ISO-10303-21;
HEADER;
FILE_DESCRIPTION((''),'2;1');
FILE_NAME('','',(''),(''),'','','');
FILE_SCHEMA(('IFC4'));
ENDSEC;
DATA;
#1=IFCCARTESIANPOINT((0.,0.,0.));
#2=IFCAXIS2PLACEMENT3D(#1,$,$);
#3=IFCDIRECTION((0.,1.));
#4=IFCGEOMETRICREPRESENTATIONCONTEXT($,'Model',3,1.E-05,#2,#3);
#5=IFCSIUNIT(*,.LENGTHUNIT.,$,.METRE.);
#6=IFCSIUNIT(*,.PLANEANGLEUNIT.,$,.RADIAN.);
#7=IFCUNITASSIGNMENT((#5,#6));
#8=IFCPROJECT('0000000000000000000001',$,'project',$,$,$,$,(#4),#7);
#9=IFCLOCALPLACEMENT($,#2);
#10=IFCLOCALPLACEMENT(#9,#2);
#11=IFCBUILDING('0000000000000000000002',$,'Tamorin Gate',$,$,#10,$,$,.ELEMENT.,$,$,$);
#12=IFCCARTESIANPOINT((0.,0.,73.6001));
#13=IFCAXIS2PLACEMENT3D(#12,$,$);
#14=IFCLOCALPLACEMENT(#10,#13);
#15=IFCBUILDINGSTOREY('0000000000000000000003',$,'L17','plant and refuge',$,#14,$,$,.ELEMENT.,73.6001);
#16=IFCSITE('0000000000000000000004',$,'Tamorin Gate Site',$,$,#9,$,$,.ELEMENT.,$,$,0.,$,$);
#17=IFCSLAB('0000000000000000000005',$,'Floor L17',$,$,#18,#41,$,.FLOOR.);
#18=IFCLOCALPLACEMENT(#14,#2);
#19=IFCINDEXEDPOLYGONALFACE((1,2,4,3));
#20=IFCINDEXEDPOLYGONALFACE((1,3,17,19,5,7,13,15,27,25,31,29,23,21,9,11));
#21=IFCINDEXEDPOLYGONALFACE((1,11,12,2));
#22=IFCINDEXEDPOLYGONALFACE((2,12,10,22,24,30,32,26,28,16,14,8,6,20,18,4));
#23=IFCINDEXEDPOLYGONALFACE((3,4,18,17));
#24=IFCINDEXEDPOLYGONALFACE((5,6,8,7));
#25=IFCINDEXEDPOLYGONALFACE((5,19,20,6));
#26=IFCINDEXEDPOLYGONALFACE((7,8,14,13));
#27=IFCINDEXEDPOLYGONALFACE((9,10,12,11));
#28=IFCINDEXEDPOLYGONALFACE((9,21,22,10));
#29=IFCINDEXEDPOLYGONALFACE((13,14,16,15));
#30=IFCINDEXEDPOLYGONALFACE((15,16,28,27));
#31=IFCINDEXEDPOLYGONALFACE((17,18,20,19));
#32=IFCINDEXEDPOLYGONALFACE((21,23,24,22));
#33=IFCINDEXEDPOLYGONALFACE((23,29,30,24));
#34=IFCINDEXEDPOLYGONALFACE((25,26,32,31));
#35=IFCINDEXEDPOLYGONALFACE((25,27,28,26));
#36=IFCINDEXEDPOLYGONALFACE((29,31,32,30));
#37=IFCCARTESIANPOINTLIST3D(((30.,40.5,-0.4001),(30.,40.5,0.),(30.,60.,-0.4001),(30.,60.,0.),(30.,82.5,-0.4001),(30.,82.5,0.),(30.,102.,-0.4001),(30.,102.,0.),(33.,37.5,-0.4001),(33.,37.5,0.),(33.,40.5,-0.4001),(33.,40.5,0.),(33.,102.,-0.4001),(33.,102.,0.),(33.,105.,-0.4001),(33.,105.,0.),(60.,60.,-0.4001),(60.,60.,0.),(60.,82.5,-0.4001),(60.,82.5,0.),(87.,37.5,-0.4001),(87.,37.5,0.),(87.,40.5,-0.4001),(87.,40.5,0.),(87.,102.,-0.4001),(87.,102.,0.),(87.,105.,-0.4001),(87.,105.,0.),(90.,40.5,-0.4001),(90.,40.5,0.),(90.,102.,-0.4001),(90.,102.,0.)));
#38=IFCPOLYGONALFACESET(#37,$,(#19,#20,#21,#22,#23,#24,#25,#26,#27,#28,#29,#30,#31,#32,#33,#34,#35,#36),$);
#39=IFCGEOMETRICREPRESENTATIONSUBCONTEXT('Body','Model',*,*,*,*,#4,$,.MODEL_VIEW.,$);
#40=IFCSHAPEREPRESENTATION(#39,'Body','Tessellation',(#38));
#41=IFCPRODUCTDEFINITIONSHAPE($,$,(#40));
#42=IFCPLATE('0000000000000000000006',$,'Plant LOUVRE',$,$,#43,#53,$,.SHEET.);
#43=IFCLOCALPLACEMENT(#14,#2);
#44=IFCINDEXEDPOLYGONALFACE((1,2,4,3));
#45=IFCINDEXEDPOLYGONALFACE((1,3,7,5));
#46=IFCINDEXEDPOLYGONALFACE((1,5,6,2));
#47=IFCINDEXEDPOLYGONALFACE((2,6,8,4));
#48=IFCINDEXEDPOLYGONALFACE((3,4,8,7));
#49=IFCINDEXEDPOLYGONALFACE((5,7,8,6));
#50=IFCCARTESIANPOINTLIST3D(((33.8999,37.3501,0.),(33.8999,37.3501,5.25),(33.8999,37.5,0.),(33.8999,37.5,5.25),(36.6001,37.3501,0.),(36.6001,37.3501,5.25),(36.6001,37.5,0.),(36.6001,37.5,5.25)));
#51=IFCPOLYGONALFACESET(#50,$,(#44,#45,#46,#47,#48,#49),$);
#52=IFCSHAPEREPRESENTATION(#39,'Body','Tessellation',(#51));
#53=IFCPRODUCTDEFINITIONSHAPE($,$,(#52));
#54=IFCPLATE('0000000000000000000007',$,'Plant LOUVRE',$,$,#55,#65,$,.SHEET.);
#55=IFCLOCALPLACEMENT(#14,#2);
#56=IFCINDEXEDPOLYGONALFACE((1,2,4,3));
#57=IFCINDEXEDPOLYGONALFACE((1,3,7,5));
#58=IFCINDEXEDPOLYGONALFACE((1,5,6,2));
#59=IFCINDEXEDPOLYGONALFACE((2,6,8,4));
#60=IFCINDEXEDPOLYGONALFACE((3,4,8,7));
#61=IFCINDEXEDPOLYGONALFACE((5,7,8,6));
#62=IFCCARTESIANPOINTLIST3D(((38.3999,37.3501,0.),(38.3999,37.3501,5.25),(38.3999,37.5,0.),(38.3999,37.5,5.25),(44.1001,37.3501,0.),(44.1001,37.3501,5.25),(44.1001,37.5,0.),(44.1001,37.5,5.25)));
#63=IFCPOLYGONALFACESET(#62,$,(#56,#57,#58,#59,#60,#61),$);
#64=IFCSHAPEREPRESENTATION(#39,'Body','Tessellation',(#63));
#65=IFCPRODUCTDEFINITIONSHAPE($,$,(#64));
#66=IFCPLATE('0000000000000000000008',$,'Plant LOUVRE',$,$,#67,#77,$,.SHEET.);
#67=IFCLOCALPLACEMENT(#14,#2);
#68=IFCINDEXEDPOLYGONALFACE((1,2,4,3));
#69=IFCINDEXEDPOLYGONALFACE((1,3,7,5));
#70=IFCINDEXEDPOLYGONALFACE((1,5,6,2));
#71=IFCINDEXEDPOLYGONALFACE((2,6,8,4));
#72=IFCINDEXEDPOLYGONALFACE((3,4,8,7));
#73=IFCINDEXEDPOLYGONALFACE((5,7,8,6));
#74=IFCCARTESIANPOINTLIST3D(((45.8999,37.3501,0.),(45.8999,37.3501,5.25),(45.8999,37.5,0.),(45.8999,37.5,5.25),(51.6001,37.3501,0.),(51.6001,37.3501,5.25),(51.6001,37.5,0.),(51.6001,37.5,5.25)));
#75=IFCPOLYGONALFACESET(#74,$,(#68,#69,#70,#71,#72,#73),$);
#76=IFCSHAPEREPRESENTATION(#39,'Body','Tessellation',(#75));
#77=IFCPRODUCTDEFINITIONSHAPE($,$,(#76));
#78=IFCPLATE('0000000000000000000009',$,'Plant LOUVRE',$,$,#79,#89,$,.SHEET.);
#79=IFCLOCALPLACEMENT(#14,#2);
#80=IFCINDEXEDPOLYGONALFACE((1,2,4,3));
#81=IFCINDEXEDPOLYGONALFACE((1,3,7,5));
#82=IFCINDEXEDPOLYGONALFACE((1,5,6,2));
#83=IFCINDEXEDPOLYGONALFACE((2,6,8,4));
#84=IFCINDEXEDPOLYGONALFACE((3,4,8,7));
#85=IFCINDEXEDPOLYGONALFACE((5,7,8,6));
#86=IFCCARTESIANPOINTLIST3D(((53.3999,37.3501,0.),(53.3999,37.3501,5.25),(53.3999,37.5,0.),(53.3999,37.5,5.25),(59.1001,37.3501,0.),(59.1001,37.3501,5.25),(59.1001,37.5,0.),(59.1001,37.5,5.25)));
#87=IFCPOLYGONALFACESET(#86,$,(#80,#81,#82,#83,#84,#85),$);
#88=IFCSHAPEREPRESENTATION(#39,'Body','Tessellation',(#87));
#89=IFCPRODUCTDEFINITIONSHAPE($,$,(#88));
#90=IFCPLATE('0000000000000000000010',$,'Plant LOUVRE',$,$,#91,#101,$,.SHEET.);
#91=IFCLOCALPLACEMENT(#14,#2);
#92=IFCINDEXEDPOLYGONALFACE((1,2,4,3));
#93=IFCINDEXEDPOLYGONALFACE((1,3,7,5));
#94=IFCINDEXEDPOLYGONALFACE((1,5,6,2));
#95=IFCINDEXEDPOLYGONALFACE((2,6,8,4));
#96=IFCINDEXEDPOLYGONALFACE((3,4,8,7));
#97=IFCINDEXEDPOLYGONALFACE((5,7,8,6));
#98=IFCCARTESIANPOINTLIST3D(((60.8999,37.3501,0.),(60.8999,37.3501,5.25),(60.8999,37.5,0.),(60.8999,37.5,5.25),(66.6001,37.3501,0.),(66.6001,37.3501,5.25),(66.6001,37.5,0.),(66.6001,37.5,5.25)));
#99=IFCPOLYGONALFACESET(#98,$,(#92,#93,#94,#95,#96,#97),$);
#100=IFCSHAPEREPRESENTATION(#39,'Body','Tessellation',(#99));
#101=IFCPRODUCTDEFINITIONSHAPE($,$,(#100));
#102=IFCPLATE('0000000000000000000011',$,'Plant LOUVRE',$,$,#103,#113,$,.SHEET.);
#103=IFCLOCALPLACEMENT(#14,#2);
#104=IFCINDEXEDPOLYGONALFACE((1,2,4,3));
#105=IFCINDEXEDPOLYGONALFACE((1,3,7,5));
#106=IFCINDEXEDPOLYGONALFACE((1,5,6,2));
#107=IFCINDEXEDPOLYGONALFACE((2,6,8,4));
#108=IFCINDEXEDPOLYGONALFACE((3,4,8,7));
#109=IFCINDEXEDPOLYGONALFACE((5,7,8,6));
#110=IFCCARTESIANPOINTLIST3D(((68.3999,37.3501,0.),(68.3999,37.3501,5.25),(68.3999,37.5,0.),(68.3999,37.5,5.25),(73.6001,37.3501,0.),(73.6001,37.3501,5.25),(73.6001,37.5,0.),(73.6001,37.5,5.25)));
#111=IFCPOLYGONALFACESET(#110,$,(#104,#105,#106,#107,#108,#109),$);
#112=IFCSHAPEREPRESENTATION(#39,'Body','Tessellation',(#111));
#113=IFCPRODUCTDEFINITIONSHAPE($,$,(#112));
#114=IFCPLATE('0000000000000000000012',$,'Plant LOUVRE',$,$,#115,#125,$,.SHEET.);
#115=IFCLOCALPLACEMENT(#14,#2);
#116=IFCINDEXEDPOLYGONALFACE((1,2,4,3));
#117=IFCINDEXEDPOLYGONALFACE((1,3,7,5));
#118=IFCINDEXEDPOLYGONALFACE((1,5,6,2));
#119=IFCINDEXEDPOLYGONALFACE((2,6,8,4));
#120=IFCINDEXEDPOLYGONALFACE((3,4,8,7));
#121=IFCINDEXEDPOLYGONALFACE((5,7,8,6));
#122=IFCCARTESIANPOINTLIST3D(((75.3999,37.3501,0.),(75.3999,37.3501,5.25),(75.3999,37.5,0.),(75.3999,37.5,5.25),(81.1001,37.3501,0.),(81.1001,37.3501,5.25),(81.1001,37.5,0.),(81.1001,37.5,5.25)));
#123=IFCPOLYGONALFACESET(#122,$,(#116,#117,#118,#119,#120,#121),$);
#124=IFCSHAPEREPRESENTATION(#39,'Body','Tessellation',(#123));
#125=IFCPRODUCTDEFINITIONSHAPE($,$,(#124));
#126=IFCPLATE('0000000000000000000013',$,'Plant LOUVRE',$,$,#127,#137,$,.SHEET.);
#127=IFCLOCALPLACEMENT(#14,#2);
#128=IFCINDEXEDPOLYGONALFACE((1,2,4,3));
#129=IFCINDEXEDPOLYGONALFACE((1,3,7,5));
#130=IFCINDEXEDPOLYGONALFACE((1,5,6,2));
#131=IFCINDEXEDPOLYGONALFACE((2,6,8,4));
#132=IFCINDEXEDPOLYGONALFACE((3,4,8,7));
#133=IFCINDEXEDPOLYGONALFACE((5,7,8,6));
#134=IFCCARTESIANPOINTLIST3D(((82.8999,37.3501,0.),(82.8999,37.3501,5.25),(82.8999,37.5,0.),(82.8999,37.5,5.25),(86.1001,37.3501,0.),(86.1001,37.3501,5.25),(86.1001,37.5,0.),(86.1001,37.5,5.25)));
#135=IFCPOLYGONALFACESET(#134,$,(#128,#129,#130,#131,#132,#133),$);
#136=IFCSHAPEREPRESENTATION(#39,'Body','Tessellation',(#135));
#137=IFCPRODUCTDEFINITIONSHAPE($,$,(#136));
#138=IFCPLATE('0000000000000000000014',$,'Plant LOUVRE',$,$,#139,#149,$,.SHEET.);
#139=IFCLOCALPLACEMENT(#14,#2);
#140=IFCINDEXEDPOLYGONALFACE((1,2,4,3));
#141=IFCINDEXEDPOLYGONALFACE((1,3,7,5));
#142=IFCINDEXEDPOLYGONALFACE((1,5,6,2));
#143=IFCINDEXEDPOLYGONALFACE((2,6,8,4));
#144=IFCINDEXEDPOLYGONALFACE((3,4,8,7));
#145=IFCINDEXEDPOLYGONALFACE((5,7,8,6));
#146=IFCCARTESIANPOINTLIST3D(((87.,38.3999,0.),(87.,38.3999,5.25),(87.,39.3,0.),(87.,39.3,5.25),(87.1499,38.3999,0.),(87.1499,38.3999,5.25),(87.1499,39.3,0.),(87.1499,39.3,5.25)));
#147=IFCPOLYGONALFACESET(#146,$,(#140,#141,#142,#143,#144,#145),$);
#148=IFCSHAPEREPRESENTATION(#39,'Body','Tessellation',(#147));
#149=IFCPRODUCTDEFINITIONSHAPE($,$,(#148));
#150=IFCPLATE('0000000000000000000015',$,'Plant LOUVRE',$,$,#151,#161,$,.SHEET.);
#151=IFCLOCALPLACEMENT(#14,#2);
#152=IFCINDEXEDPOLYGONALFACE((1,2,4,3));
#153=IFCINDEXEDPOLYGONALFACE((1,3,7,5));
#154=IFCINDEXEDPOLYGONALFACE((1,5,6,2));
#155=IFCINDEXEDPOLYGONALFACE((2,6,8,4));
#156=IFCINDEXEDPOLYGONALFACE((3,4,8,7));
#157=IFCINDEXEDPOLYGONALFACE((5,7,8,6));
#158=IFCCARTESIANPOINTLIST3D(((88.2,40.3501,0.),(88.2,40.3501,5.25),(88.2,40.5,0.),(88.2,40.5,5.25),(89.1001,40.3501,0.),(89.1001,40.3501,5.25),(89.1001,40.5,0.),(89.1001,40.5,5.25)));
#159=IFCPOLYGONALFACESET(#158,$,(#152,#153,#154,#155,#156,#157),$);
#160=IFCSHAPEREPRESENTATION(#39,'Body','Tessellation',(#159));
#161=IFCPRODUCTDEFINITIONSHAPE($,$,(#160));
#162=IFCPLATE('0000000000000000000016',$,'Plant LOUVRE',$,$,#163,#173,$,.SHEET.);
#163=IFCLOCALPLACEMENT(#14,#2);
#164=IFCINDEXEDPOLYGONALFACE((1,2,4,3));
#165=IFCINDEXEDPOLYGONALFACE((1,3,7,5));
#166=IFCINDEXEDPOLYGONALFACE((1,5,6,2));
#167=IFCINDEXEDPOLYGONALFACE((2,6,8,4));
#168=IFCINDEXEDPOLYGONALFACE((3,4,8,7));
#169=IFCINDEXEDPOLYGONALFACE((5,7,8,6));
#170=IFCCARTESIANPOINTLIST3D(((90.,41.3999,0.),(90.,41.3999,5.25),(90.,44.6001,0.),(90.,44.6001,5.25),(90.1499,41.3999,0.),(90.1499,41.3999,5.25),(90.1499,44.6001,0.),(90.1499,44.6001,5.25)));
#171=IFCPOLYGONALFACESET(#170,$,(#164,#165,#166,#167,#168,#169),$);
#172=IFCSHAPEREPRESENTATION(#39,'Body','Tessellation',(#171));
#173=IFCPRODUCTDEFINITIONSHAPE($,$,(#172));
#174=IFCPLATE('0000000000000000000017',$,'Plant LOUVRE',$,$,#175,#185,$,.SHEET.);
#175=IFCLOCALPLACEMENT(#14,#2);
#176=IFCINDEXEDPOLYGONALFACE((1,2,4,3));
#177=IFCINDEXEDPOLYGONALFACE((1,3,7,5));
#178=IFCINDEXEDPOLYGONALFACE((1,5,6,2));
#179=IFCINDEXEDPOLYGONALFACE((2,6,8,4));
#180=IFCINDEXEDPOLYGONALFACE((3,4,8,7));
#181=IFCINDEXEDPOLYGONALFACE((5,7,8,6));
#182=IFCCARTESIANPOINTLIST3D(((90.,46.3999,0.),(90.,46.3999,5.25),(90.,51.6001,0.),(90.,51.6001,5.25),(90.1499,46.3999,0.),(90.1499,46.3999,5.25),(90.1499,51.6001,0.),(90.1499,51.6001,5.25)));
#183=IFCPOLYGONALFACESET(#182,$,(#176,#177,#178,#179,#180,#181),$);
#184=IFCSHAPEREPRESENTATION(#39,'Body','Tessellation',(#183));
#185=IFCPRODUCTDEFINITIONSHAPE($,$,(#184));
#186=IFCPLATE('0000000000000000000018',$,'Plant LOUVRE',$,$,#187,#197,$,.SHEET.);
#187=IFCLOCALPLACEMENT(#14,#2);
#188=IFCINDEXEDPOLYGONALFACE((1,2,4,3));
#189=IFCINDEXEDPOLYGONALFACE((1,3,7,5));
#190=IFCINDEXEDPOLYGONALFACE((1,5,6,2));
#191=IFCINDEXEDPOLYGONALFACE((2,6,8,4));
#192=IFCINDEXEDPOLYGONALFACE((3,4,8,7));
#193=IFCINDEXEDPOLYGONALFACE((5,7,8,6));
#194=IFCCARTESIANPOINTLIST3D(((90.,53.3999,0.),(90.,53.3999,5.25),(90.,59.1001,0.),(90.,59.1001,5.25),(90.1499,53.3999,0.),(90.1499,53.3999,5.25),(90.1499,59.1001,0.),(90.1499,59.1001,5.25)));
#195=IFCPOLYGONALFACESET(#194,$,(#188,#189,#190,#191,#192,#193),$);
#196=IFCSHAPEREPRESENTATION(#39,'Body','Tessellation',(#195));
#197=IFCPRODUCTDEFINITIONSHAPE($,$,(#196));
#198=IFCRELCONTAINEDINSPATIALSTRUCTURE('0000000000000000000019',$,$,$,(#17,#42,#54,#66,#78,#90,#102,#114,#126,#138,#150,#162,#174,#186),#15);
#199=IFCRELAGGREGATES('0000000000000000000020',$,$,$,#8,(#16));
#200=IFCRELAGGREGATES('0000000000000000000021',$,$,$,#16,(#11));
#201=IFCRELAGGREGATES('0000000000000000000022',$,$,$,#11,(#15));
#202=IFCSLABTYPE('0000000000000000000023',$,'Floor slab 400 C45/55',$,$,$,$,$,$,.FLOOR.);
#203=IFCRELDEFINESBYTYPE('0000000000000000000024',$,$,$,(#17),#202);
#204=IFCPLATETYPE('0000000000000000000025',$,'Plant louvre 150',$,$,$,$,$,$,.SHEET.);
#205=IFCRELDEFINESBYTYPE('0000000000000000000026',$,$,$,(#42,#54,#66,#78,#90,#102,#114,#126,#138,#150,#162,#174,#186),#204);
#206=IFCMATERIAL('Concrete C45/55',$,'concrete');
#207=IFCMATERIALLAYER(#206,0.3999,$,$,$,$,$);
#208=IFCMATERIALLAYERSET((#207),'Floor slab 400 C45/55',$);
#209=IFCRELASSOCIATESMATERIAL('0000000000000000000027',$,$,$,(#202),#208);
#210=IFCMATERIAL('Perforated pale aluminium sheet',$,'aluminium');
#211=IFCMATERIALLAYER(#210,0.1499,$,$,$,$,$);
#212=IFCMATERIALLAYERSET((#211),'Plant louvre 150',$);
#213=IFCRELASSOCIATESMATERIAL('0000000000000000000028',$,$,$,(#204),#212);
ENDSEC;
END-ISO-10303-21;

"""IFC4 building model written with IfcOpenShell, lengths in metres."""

from ifc_helpers import new_model, si_unit, direction, frame, origin, place, context, subcontext, project, spatial, polyline, outline, extrude, material, layer, layer_set, type_object, element, save


model = new_model("IFC4")

# Units and contexts
model_context = context("Model", 3, precision=1e-05, world=origin(), true_north=direction((0.0, 1.0)))
body_context = subcontext(model_context, "Body", "Model", "MODEL_VIEW")
ifc_project = project(units=[si_unit("LENGTHUNIT", "METRE"), si_unit("PLANEANGLEUNIT", "RADIAN")], contexts=[model_context])

# Site, building, storey
site_placement = place(None, origin())
site = spatial("IfcSite", under=ifc_project, at=site_placement, Name="Tamorin Gate Site", CompositionType="ELEMENT", RefElevation=0.0)
building_placement = place(site_placement, origin())
building = spatial("IfcBuilding", under=site, at=building_placement, Name="Tamorin Gate", CompositionType="ELEMENT")
storey_placement = place(building_placement, frame((0.0, 0.0, 73.6001)))
storey = spatial("IfcBuildingStorey", under=building, at=storey_placement, Name="L17", Description="plant and refuge", CompositionType="ELEMENT", Elevation=73.6001)

# Slab
ifc_material_1 = material(Name="Concrete C45/55", Category="concrete")
ifc_layer_1 = layer(ifc_material_1, 0.3999)
ifc_layer_set_1 = layer_set([ifc_layer_1], Name="Floor slab 400 C45/55")
slab_type = type_object("IfcSlabType", Name="Floor slab 400 C45/55", PredefinedType="FLOOR", material=ifc_layer_set_1)
slab_placement = place(storey_placement, frame((0.0, 0.0, -0.4001)))
element("IfcSlab", 1, at=slab_placement, inside=storey, type_object=slab_type, Name="Floor L17", PredefinedType="FLOOR", context=body_context, shape_type="SweptSolid", body=[
    extrude(outline(polyline([(30.0, 102.0), (33.0, 102.0), (33.0, 105.0), (87.0, 105.0), (87.0, 102.0), (90.0, 102.0), (90.0, 40.5), (87.0, 40.5), (87.0, 37.5), (33.0, 37.5), (33.0, 40.5), (30.0, 40.5), (30.0, 60.0), (60.0, 60.0), (60.0, 82.5), (30.0, 82.5), (30.0, 102.0)])), origin(), (0.0, 0.0, 1.0), 0.4001),
])

# Plates
ifc_material_2 = material(Name="Perforated pale aluminium sheet", Category="aluminium")
ifc_layer_2 = layer(ifc_material_2, 0.1499)
ifc_layer_set_2 = layer_set([ifc_layer_2], Name="Plant louvre 150")
plate_type = type_object("IfcPlateType", Name="Plant louvre 150", PredefinedType="SHEET", material=ifc_layer_set_2)
plate_1_placement = place(storey_placement, origin())
element("IfcPlate", 2, at=plate_1_placement, inside=storey, type_object=plate_type, Name="Plant LOUVRE", PredefinedType="SHEET", context=body_context, shape_type="SweptSolid", body=[
    extrude(outline(polyline([(33.8999, 37.3501), (33.8999, 37.5), (36.6001, 37.5), (36.6001, 37.3501), (33.8999, 37.3501)])), origin(), (0.0, 0.0, 1.0), 5.25),
])
plate_2_placement = place(storey_placement, origin())
element("IfcPlate", 3, at=plate_2_placement, inside=storey, type_object=plate_type, Name="Plant LOUVRE", PredefinedType="SHEET", context=body_context, shape_type="SweptSolid", body=[
    extrude(outline(polyline([(38.3999, 37.3501), (38.3999, 37.5), (44.1001, 37.5), (44.1001, 37.3501), (38.3999, 37.3501)])), origin(), (0.0, 0.0, 1.0), 5.25),
])
plate_3_placement = place(storey_placement, origin())
element("IfcPlate", 4, at=plate_3_placement, inside=storey, type_object=plate_type, Name="Plant LOUVRE", PredefinedType="SHEET", context=body_context, shape_type="SweptSolid", body=[
    extrude(outline(polyline([(45.8999, 37.3501), (45.8999, 37.5), (51.6001, 37.5), (51.6001, 37.3501), (45.8999, 37.3501)])), origin(), (0.0, 0.0, 1.0), 5.25),
])
plate_4_placement = place(storey_placement, origin())
element("IfcPlate", 5, at=plate_4_placement, inside=storey, type_object=plate_type, Name="Plant LOUVRE", PredefinedType="SHEET", context=body_context, shape_type="SweptSolid", body=[
    extrude(outline(polyline([(53.3999, 37.3501), (53.3999, 37.5), (59.1001, 37.5), (59.1001, 37.3501), (53.3999, 37.3501)])), origin(), (0.0, 0.0, 1.0), 5.25),
])
plate_5_placement = place(storey_placement, origin())
element("IfcPlate", 6, at=plate_5_placement, inside=storey, type_object=plate_type, Name="Plant LOUVRE", PredefinedType="SHEET", context=body_context, shape_type="SweptSolid", body=[
    extrude(outline(polyline([(60.8999, 37.3501), (60.8999, 37.5), (66.6001, 37.5), (66.6001, 37.3501), (60.8999, 37.3501)])), origin(), (0.0, 0.0, 1.0), 5.25),
])
plate_6_placement = place(storey_placement, origin())
element("IfcPlate", 7, at=plate_6_placement, inside=storey, type_object=plate_type, Name="Plant LOUVRE", PredefinedType="SHEET", context=body_context, shape_type="SweptSolid", body=[
    extrude(outline(polyline([(68.3999, 37.3501), (68.3999, 37.5), (73.6001, 37.5), (73.6001, 37.3501), (68.3999, 37.3501)])), origin(), (0.0, 0.0, 1.0), 5.25),
])
plate_7_placement = place(storey_placement, origin())
element("IfcPlate", 8, at=plate_7_placement, inside=storey, type_object=plate_type, Name="Plant LOUVRE", PredefinedType="SHEET", context=body_context, shape_type="SweptSolid", body=[
    extrude(outline(polyline([(75.3999, 37.3501), (75.3999, 37.5), (81.1001, 37.5), (81.1001, 37.3501), (75.3999, 37.3501)])), origin(), (0.0, 0.0, 1.0), 5.25),
])
plate_8_placement = place(storey_placement, origin())
element("IfcPlate", 9, at=plate_8_placement, inside=storey, type_object=plate_type, Name="Plant LOUVRE", PredefinedType="SHEET", context=body_context, shape_type="SweptSolid", body=[
    extrude(outline(polyline([(86.1001, 37.5), (86.1001, 37.3501), (82.8999, 37.3501), (82.8999, 37.5), (86.1001, 37.5)])), origin(), (0.0, 0.0, 1.0), 5.25),
])
plate_9_placement = place(storey_placement, origin())
element("IfcPlate", 10, at=plate_9_placement, inside=storey, type_object=plate_type, Name="Plant LOUVRE", PredefinedType="SHEET", context=body_context, shape_type="SweptSolid", body=[
    extrude(outline(polyline([(87.0, 39.3), (87.1499, 39.3), (87.1499, 38.3999), (87.0, 38.3999), (87.0, 39.3)])), origin(), (0.0, 0.0, 1.0), 5.25),
])
plate_10_placement = place(storey_placement, origin())
element("IfcPlate", 11, at=plate_10_placement, inside=storey, type_object=plate_type, Name="Plant LOUVRE", PredefinedType="SHEET", context=body_context, shape_type="SweptSolid", body=[
    extrude(outline(polyline([(88.2, 40.3501), (88.2, 40.5), (89.1001, 40.5), (89.1001, 40.3501), (88.2, 40.3501)])), origin(), (0.0, 0.0, 1.0), 5.25),
])
plate_11_placement = place(storey_placement, origin())
element("IfcPlate", 12, at=plate_11_placement, inside=storey, type_object=plate_type, Name="Plant LOUVRE", PredefinedType="SHEET", context=body_context, shape_type="SweptSolid", body=[
    extrude(outline(polyline([(90.1499, 41.3999), (90.0, 41.3999), (90.0, 44.6001), (90.1499, 44.6001), (90.1499, 41.3999)])), origin(), (0.0, 0.0, 1.0), 5.25),
])
plate_12_placement = place(storey_placement, origin())
element("IfcPlate", 13, at=plate_12_placement, inside=storey, type_object=plate_type, Name="Plant LOUVRE", PredefinedType="SHEET", context=body_context, shape_type="SweptSolid", body=[
    extrude(outline(polyline([(90.1499, 46.3999), (90.0, 46.3999), (90.0, 51.6001), (90.1499, 51.6001), (90.1499, 46.3999)])), origin(), (0.0, 0.0, 1.0), 5.25),
])
plate_13_placement = place(storey_placement, origin())
element("IfcPlate", 14, at=plate_13_placement, inside=storey, type_object=plate_type, Name="Plant LOUVRE", PredefinedType="SHEET", context=body_context, shape_type="SweptSolid", body=[
    extrude(outline(polyline([(90.1499, 53.3999), (90.0, 53.3999), (90.0, 59.1001), (90.1499, 59.1001), (90.1499, 53.3999)])), origin(), (0.0, 0.0, 1.0), 5.25),
])

save(model, "model.ifc")
